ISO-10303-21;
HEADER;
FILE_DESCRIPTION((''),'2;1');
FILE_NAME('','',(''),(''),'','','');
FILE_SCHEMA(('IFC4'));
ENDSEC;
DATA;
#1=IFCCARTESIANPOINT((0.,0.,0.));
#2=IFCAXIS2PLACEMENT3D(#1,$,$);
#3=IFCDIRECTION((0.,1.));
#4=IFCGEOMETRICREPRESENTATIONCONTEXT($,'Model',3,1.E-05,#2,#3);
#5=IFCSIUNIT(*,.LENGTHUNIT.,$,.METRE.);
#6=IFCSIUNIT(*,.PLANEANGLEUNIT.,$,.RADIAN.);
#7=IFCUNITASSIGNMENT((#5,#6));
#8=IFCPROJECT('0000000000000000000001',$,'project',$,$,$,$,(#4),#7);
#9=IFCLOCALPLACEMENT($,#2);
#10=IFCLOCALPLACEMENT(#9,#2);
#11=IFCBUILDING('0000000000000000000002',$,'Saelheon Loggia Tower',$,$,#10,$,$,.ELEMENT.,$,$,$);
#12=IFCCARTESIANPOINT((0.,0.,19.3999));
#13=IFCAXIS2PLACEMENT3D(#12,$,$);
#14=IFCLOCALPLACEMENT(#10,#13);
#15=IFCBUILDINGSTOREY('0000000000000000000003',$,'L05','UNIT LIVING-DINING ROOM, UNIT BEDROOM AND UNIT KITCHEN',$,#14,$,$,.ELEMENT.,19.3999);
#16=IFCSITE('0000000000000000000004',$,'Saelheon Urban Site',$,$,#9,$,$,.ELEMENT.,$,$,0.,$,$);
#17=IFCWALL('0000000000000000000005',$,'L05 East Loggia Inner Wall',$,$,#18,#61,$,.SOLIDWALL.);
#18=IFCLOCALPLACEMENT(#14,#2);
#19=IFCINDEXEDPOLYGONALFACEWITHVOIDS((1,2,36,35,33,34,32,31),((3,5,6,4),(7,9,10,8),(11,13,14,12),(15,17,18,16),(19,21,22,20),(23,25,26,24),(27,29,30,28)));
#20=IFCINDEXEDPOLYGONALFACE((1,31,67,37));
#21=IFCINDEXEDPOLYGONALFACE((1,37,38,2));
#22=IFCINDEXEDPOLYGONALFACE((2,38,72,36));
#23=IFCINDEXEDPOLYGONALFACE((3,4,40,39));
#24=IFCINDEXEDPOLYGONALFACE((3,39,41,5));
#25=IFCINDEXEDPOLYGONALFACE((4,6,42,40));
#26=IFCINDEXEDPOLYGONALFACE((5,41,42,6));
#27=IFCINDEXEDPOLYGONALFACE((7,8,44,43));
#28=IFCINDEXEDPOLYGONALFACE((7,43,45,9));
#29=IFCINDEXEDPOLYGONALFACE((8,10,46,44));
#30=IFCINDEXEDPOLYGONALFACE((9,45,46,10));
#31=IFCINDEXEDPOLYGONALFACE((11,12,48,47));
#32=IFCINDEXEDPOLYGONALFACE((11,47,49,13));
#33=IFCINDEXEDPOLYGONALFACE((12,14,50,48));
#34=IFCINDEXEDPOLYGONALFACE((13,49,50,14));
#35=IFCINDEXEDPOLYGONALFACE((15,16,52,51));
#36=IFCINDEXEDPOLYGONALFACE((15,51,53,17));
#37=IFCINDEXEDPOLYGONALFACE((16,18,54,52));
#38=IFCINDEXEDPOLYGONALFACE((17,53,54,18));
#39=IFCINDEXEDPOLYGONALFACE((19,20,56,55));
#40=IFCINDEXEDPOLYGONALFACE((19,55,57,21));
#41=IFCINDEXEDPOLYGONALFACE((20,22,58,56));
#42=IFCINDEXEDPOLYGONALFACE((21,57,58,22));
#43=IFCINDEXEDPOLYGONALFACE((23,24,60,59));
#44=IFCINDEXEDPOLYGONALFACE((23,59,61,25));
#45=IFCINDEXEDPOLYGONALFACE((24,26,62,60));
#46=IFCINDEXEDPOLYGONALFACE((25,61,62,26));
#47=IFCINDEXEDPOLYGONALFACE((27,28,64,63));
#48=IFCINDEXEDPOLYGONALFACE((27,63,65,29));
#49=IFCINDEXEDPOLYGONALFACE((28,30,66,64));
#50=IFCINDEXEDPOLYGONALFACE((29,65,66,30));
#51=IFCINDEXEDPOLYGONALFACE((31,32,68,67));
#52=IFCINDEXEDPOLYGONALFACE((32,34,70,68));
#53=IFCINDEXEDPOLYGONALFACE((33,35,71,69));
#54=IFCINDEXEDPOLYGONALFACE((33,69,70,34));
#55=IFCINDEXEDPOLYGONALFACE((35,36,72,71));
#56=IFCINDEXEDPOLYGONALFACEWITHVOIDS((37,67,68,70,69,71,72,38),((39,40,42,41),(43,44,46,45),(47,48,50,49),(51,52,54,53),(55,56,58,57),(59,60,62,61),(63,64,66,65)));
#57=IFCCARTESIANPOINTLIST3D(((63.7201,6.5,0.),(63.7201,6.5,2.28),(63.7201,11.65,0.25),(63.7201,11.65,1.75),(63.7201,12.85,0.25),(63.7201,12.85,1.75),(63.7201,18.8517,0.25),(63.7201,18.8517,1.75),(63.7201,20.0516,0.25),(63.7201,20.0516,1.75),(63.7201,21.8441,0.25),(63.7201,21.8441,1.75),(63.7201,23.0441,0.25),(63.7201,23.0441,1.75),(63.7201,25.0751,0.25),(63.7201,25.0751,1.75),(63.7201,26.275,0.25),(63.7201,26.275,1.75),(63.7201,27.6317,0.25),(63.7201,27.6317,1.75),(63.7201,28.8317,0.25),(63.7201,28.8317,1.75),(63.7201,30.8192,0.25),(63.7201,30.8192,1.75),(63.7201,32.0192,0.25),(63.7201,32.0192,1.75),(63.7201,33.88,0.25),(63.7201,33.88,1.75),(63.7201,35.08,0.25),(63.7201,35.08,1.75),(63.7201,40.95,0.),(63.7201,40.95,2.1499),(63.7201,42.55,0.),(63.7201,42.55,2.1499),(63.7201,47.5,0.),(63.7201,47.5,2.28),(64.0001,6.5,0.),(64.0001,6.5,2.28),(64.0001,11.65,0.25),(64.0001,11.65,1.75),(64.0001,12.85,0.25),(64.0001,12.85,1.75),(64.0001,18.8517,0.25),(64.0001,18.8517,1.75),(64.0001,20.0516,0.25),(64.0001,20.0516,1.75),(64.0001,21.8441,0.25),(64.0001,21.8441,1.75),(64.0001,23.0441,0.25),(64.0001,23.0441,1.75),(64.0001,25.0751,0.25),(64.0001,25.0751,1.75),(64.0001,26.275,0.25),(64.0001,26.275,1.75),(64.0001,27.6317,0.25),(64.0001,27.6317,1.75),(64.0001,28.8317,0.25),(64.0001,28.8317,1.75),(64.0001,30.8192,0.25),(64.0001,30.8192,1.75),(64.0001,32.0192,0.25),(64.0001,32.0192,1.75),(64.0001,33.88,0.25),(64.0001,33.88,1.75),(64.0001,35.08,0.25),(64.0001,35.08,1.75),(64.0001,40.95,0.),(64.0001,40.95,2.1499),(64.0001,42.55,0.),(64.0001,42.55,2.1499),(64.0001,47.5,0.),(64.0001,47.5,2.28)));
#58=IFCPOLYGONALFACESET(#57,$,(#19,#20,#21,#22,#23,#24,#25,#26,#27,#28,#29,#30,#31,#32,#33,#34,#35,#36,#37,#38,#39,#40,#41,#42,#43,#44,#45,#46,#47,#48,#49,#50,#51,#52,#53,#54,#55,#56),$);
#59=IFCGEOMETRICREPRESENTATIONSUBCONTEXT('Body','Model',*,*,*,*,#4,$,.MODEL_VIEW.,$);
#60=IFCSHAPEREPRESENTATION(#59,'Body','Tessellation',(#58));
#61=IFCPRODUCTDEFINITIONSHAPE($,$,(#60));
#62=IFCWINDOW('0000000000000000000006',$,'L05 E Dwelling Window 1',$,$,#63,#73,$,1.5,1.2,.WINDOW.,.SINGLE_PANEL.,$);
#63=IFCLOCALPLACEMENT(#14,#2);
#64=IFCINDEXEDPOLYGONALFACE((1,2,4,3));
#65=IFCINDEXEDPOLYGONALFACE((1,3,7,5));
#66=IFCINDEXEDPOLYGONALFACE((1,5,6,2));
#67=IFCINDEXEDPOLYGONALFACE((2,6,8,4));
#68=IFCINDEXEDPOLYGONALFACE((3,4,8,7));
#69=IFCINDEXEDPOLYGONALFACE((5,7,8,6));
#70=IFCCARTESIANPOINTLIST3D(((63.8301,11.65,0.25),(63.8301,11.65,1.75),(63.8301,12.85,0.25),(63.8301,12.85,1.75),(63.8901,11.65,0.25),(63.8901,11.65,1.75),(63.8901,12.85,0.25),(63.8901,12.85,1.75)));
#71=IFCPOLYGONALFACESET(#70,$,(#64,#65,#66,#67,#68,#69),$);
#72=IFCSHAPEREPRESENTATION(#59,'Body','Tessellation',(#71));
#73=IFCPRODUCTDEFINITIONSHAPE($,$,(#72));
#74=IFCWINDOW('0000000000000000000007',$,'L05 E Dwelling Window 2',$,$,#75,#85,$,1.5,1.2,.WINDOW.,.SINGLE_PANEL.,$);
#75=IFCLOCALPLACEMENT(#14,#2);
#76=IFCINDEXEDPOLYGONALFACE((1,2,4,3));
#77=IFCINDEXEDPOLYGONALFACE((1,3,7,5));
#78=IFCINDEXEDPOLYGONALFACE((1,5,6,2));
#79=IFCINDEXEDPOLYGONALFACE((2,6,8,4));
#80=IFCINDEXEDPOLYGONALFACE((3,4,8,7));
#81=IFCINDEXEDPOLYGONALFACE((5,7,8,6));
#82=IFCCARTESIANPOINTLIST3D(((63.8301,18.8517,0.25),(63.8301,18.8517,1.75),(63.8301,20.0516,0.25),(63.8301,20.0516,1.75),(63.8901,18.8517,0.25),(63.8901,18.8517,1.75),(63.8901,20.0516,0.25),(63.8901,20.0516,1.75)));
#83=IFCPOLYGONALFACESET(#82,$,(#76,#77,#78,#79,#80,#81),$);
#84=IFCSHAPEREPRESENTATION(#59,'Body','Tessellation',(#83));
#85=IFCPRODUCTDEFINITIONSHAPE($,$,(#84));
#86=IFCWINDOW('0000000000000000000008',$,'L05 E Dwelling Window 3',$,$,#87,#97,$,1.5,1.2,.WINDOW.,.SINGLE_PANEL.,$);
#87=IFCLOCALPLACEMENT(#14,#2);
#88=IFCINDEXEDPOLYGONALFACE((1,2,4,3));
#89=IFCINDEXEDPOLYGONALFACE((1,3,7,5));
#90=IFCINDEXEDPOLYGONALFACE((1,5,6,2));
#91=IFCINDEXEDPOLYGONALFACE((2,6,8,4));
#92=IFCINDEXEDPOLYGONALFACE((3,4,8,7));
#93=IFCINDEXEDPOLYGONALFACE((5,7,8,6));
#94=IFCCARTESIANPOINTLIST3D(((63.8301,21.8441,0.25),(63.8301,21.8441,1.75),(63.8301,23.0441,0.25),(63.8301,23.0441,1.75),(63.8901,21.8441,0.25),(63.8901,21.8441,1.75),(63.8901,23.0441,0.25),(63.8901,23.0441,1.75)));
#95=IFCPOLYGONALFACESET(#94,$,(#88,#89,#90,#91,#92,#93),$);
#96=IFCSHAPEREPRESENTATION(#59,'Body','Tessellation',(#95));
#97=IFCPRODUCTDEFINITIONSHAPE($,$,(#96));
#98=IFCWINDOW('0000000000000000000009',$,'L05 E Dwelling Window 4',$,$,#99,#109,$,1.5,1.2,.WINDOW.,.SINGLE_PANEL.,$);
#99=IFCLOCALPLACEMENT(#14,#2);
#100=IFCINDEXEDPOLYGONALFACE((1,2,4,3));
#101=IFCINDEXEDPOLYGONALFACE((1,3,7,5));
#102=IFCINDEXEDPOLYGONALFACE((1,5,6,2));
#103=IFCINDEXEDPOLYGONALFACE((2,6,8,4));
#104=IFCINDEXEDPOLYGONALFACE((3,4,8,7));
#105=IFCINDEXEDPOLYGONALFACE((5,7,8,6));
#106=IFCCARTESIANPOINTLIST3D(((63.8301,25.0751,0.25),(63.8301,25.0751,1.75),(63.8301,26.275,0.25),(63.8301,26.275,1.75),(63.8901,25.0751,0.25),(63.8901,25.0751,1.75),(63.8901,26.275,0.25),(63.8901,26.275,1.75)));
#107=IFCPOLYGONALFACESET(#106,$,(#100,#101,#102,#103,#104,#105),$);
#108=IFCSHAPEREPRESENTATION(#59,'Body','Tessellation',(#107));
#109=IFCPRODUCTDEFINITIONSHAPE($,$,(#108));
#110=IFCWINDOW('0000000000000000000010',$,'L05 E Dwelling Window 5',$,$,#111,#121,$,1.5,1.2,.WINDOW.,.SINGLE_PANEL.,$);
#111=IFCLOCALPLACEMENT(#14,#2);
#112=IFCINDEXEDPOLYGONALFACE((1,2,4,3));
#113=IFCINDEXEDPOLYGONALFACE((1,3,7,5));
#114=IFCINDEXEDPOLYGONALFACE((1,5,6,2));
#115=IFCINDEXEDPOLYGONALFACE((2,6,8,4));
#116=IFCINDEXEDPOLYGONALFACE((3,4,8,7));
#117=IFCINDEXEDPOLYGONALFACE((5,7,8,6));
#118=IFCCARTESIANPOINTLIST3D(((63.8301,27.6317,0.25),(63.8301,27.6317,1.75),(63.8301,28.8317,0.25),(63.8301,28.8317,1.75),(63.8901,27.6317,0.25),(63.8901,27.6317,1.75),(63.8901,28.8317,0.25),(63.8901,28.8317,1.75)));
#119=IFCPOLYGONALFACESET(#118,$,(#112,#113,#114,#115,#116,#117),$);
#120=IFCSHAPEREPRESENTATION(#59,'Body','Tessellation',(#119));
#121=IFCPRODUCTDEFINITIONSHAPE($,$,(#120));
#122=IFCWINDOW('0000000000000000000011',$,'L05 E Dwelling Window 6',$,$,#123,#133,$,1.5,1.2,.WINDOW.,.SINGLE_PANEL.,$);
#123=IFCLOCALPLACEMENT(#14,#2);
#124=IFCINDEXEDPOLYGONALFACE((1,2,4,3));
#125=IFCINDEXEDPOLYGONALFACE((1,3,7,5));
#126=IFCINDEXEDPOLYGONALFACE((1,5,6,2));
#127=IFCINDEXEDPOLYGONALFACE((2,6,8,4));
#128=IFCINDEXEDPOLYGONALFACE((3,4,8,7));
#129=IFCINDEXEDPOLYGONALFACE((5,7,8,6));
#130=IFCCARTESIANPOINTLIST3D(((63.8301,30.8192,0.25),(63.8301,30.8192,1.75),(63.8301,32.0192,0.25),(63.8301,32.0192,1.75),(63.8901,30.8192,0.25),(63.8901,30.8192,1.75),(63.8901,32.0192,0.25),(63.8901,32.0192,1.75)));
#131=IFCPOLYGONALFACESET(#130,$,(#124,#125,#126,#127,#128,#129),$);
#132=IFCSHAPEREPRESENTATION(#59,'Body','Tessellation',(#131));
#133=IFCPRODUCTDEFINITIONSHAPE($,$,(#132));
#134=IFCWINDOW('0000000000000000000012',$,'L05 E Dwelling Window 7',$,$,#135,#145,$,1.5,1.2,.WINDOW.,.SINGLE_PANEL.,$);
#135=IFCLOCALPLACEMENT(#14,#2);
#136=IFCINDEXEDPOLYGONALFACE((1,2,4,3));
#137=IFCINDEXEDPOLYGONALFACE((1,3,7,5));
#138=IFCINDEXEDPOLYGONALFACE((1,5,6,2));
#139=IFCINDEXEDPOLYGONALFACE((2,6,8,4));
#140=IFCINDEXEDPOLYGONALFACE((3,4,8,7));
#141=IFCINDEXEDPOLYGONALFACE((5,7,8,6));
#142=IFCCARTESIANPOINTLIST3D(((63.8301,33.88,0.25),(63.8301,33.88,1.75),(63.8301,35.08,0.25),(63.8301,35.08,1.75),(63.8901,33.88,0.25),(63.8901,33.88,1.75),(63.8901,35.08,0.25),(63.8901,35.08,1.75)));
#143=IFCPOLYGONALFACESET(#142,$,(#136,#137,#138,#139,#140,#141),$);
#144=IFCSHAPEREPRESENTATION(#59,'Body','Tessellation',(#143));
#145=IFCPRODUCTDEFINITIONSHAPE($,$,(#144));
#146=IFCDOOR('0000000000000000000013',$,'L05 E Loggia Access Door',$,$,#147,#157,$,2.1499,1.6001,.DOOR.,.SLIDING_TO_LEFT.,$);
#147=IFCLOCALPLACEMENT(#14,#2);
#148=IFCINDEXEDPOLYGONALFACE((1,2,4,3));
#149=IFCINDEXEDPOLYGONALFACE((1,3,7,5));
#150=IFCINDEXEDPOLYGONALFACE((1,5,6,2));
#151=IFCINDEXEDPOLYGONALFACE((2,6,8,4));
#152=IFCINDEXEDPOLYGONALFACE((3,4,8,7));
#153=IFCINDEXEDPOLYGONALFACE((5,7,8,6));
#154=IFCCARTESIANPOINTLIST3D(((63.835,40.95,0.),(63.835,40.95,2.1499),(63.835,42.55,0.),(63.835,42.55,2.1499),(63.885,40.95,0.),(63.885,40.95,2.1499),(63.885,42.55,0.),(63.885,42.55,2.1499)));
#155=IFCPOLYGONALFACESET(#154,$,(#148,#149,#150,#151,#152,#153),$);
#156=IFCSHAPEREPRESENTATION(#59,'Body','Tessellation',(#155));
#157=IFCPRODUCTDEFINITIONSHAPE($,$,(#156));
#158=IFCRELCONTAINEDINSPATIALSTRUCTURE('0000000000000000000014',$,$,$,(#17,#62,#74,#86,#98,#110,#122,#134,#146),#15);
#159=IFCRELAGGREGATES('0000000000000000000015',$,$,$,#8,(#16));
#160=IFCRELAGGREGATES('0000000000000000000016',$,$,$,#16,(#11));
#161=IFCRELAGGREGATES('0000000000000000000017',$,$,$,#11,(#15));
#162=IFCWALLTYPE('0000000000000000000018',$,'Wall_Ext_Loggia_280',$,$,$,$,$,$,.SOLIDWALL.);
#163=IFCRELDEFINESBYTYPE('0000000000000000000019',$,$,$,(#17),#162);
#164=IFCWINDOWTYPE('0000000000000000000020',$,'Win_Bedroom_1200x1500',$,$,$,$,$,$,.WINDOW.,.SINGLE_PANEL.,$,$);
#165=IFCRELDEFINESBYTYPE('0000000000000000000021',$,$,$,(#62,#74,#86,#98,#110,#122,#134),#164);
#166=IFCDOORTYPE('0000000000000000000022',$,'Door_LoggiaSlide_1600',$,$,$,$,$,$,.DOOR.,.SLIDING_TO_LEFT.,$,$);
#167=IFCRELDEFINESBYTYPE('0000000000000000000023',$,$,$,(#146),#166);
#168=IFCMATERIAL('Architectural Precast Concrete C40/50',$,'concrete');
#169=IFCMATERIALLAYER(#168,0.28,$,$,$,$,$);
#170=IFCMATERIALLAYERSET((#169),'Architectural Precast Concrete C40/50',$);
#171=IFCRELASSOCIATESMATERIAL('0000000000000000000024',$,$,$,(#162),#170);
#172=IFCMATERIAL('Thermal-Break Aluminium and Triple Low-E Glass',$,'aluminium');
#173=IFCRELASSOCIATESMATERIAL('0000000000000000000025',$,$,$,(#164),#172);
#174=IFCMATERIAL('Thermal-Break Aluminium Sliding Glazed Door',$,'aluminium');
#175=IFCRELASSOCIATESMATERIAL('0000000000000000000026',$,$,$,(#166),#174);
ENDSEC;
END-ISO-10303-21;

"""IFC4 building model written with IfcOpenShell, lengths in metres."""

from ifc_helpers import new_model, si_unit, direction, frame, frame_2d, origin, place, context, subcontext, project, spatial, rectangle, extrude, source, transform, mapped, material, layer, layer_set, type_object, element, fill, save


model = new_model("IFC4")

# Units and contexts
model_context = context("Model", 3, precision=1e-05, world=origin(), true_north=direction((0.0, 1.0)))
body_context = subcontext(model_context, "Body", "Model", "MODEL_VIEW")
ifc_project = project(units=[si_unit("LENGTHUNIT", "METRE"), si_unit("PLANEANGLEUNIT", "RADIAN")], contexts=[model_context])

# Site, building, storey
site_placement = place(None, origin())
site = spatial("IfcSite", under=ifc_project, at=site_placement, Name="Saelheon Urban Site", CompositionType="ELEMENT", RefElevation=0.0)
building_placement = place(site_placement, origin())
building = spatial("IfcBuilding", under=site, at=building_placement, Name="Saelheon Loggia Tower", CompositionType="ELEMENT")
storey_placement = place(building_placement, frame((0.0, 0.0, 19.3999)))
storey = spatial("IfcBuildingStorey", under=building, at=storey_placement, Name="L05", Description="UNIT LIVING-DINING ROOM, UNIT BEDROOM AND UNIT KITCHEN", CompositionType="ELEMENT", Elevation=19.3999)

# Wall, openings, windows, door
ifc_material_1 = material(Name="Architectural Precast Concrete C40/50", Category="concrete")
ifc_layer = layer(ifc_material_1, 0.28)
ifc_layer_set = layer_set([ifc_layer], Name="Architectural Precast Concrete C40/50")
wall_type = type_object("IfcWallType", Name="Wall_Ext_Loggia_280", PredefinedType="SOLIDWALL", material=ifc_layer_set)
wall_1_placement = place(storey_placement, frame((63.8601, 6.5, 0.0), z_axis=(0.0, 0.0, 1.0), x_axis=(0.0, 1.0, 0.0)))
wall_1 = element("IfcWall", 1, at=wall_1_placement, inside=storey, type_object=wall_type, Name="L05 East Loggia Inner Wall", PredefinedType="SOLIDWALL", context=body_context, shape_type="SweptSolid", body=[
    extrude(rectangle(XDim=41.0, YDim=0.28, at=frame_2d((20.5, 0.0))), origin(), (0.0, 0.0, 1.0), 2.28),
])
opening_1_placement = place(wall_1_placement, frame((5.1499, 0.0, 0.25)))
opening_1 = element("IfcOpeningElement", 2, at=opening_1_placement, cuts=wall_1, PredefinedType="OPENING", context=body_context, shape_type="SweptSolid", body=[
    extrude(rectangle(XDim=1.2, YDim=1.5, at=frame_2d((0.6001, 0.75))), frame((0.0, 0.1521, 0.0), z_axis=(0.0, -1.0, 0.0), x_axis=(1.0, 0.0, 0.0)), (0.0, 0.0, 1.0), 0.304),
])
opening_2_placement = place(wall_1_placement, frame((12.3516, 0.0, 0.25)))
opening_2 = element("IfcOpeningElement", 3, at=opening_2_placement, cuts=wall_1, PredefinedType="OPENING", context=body_context, shape_type="SweptSolid", body=[
    extrude(rectangle(XDim=1.2, YDim=1.5, at=frame_2d((0.6001, 0.75))), frame((0.0, 0.1521, 0.0), z_axis=(0.0, -1.0, 0.0), x_axis=(1.0, 0.0, 0.0)), (0.0, 0.0, 1.0), 0.304),
])
opening_3_placement = place(wall_1_placement, frame((15.344, 0.0, 0.25)))
opening_3 = element("IfcOpeningElement", 4, at=opening_3_placement, cuts=wall_1, PredefinedType="OPENING", context=body_context, shape_type="SweptSolid", body=[
    extrude(rectangle(XDim=1.2, YDim=1.5, at=frame_2d((0.6001, 0.75))), frame((0.0, 0.1521, 0.0), z_axis=(0.0, -1.0, 0.0), x_axis=(1.0, 0.0, 0.0)), (0.0, 0.0, 1.0), 0.304),
])
opening_4_placement = place(wall_1_placement, frame((18.575, 0.0, 0.25)))
opening_4 = element("IfcOpeningElement", 5, at=opening_4_placement, cuts=wall_1, PredefinedType="OPENING", context=body_context, shape_type="SweptSolid", body=[
    extrude(rectangle(XDim=1.2, YDim=1.5, at=frame_2d((0.6001, 0.75))), frame((0.0, 0.1521, 0.0), z_axis=(0.0, -1.0, 0.0), x_axis=(1.0, 0.0, 0.0)), (0.0, 0.0, 1.0), 0.304),
])
opening_5_placement = place(wall_1_placement, frame((21.1316, 0.0, 0.25)))
opening_5 = element("IfcOpeningElement", 6, at=opening_5_placement, cuts=wall_1, PredefinedType="OPENING", context=body_context, shape_type="SweptSolid", body=[
    extrude(rectangle(XDim=1.2, YDim=1.5, at=frame_2d((0.6001, 0.75))), frame((0.0, 0.1521, 0.0), z_axis=(0.0, -1.0, 0.0), x_axis=(1.0, 0.0, 0.0)), (0.0, 0.0, 1.0), 0.304),
])
opening_6_placement = place(wall_1_placement, frame((24.3191, 0.0, 0.25)))
opening_6 = element("IfcOpeningElement", 7, at=opening_6_placement, cuts=wall_1, PredefinedType="OPENING", context=body_context, shape_type="SweptSolid", body=[
    extrude(rectangle(XDim=1.2, YDim=1.5, at=frame_2d((0.6001, 0.75))), frame((0.0, 0.1521, 0.0), z_axis=(0.0, -1.0, 0.0), x_axis=(1.0, 0.0, 0.0)), (0.0, 0.0, 1.0), 0.304),
])
opening_7_placement = place(wall_1_placement, frame((27.3799, 0.0, 0.25)))
opening_7 = element("IfcOpeningElement", 8, at=opening_7_placement, cuts=wall_1, PredefinedType="OPENING", context=body_context, shape_type="SweptSolid", body=[
    extrude(rectangle(XDim=1.2, YDim=1.5, at=frame_2d((0.6001, 0.75))), frame((0.0, 0.1521, 0.0), z_axis=(0.0, -1.0, 0.0), x_axis=(1.0, 0.0, 0.0)), (0.0, 0.0, 1.0), 0.304),
])
opening_8_placement = place(wall_1_placement, frame((36.05, 0.0, 0.0), z_axis=(0.0, 0.0, 1.0), x_axis=(-1.0, 0.0, 0.0)))
opening_8 = element("IfcOpeningElement", 9, at=opening_8_placement, cuts=wall_1, PredefinedType="OPENING", context=body_context, shape_type="SweptSolid", body=[
    extrude(rectangle(XDim=1.6001, YDim=2.1499, at=frame_2d((0.8, 1.075))), frame((0.0, 0.1521, 0.0), z_axis=(0.0, -1.0, 0.0), x_axis=(1.0, 0.0, 0.0)), (0.0, 0.0, 1.0), 0.304),
])
ifc_material_2 = material(Name="Thermal-Break Aluminium and Triple Low-E Glass", Category="aluminium")
window_type = type_object("IfcWindowType", Name="Win_Bedroom_1200x1500", PartitioningType="SINGLE_PANEL", PredefinedType="WINDOW", material=ifc_material_2)
shared_shape_1 = source(origin(), body_context, "Body", "SweptSolid", [
    extrude(rectangle(XDim=1.2, YDim=1.5, at=frame_2d((0.6001, 0.75))), frame((0.0, 0.03, 0.0), z_axis=(0.0, -1.0, 0.0), x_axis=(1.0, 0.0, 0.0)), (0.0, 0.0, 1.0), 0.0601),
])
window_1_placement = place(opening_1_placement, origin())
window_1 = element("IfcWindow", 10, at=window_1_placement, inside=storey, type_object=window_type, Name="L05 E Dwelling Window 1", OverallHeight=1.5, OverallWidth=1.2, PartitioningType="SINGLE_PANEL", PredefinedType="WINDOW", context=body_context, shape_type="MappedRepresentation", body=[
    mapped(shared_shape_1, transform((0.0, 0.0, 0.0), scale=1.0)),
])
fill(opening_1, window_1)
window_2_placement = place(opening_2_placement, origin())
window_2 = element("IfcWindow", 11, at=window_2_placement, inside=storey, type_object=window_type, Name="L05 E Dwelling Window 2", OverallHeight=1.5, OverallWidth=1.2, PartitioningType="SINGLE_PANEL", PredefinedType="WINDOW", context=body_context, shape_type="MappedRepresentation", body=[
    mapped(shared_shape_1, transform((0.0, 0.0, 0.0), scale=1.0)),
])
fill(opening_2, window_2)
window_3_placement = place(opening_3_placement, origin())
window_3 = element("IfcWindow", 12, at=window_3_placement, inside=storey, type_object=window_type, Name="L05 E Dwelling Window 3", OverallHeight=1.5, OverallWidth=1.2, PartitioningType="SINGLE_PANEL", PredefinedType="WINDOW", context=body_context, shape_type="MappedRepresentation", body=[
    mapped(shared_shape_1, transform((0.0, 0.0, 0.0), scale=1.0)),
])
fill(opening_3, window_3)
window_4_placement = place(opening_4_placement, origin())
window_4 = element("IfcWindow", 13, at=window_4_placement, inside=storey, type_object=window_type, Name="L05 E Dwelling Window 4", OverallHeight=1.5, OverallWidth=1.2, PartitioningType="SINGLE_PANEL", PredefinedType="WINDOW", context=body_context, shape_type="MappedRepresentation", body=[
    mapped(shared_shape_1, transform((0.0, 0.0, 0.0), scale=1.0)),
])
fill(opening_4, window_4)
window_5_placement = place(opening_5_placement, origin())
window_5 = element("IfcWindow", 14, at=window_5_placement, inside=storey, type_object=window_type, Name="L05 E Dwelling Window 5", OverallHeight=1.5, OverallWidth=1.2, PartitioningType="SINGLE_PANEL", PredefinedType="WINDOW", context=body_context, shape_type="MappedRepresentation", body=[
    mapped(shared_shape_1, transform((0.0, 0.0, 0.0), scale=1.0)),
])
fill(opening_5, window_5)
window_6_placement = place(opening_6_placement, origin())
window_6 = element("IfcWindow", 15, at=window_6_placement, inside=storey, type_object=window_type, Name="L05 E Dwelling Window 6", OverallHeight=1.5, OverallWidth=1.2, PartitioningType="SINGLE_PANEL", PredefinedType="WINDOW", context=body_context, shape_type="MappedRepresentation", body=[
    mapped(shared_shape_1, transform((0.0, 0.0, 0.0), scale=1.0)),
])
fill(opening_6, window_6)
window_7_placement = place(opening_7_placement, origin())
window_7 = element("IfcWindow", 16, at=window_7_placement, inside=storey, type_object=window_type, Name="L05 E Dwelling Window 7", OverallHeight=1.5, OverallWidth=1.2, PartitioningType="SINGLE_PANEL", PredefinedType="WINDOW", context=body_context, shape_type="MappedRepresentation", body=[
    mapped(shared_shape_1, transform((0.0, 0.0, 0.0), scale=1.0)),
])
fill(opening_7, window_7)
ifc_material_3 = material(Name="Thermal-Break Aluminium Sliding Glazed Door", Category="aluminium")
door_type = type_object("IfcDoorType", Name="Door_LoggiaSlide_1600", OperationType="SLIDING_TO_LEFT", PredefinedType="DOOR", material=ifc_material_3)
shared_shape_2 = source(origin(), body_context, "Body", "SweptSolid", [
    extrude(rectangle(XDim=1.6001, YDim=2.1499, at=frame_2d((0.8, 1.075))), frame((0.0, 0.0249, 0.0), z_axis=(0.0, -1.0, 0.0), x_axis=(1.0, 0.0, 0.0)), (0.0, 0.0, 1.0), 0.05),
])
door_placement = place(opening_8_placement, origin())
door = element("IfcDoor", 17, at=door_placement, inside=storey, type_object=door_type, Name="L05 E Loggia Access Door", OperationType="SLIDING_TO_LEFT", OverallHeight=2.1499, OverallWidth=1.6001, PredefinedType="DOOR", context=body_context, shape_type="MappedRepresentation", body=[
    mapped(shared_shape_2, transform((0.0, 0.0, 0.0), scale=1.0)),
])
fill(opening_8, door)

save(model, "model.ifc")
